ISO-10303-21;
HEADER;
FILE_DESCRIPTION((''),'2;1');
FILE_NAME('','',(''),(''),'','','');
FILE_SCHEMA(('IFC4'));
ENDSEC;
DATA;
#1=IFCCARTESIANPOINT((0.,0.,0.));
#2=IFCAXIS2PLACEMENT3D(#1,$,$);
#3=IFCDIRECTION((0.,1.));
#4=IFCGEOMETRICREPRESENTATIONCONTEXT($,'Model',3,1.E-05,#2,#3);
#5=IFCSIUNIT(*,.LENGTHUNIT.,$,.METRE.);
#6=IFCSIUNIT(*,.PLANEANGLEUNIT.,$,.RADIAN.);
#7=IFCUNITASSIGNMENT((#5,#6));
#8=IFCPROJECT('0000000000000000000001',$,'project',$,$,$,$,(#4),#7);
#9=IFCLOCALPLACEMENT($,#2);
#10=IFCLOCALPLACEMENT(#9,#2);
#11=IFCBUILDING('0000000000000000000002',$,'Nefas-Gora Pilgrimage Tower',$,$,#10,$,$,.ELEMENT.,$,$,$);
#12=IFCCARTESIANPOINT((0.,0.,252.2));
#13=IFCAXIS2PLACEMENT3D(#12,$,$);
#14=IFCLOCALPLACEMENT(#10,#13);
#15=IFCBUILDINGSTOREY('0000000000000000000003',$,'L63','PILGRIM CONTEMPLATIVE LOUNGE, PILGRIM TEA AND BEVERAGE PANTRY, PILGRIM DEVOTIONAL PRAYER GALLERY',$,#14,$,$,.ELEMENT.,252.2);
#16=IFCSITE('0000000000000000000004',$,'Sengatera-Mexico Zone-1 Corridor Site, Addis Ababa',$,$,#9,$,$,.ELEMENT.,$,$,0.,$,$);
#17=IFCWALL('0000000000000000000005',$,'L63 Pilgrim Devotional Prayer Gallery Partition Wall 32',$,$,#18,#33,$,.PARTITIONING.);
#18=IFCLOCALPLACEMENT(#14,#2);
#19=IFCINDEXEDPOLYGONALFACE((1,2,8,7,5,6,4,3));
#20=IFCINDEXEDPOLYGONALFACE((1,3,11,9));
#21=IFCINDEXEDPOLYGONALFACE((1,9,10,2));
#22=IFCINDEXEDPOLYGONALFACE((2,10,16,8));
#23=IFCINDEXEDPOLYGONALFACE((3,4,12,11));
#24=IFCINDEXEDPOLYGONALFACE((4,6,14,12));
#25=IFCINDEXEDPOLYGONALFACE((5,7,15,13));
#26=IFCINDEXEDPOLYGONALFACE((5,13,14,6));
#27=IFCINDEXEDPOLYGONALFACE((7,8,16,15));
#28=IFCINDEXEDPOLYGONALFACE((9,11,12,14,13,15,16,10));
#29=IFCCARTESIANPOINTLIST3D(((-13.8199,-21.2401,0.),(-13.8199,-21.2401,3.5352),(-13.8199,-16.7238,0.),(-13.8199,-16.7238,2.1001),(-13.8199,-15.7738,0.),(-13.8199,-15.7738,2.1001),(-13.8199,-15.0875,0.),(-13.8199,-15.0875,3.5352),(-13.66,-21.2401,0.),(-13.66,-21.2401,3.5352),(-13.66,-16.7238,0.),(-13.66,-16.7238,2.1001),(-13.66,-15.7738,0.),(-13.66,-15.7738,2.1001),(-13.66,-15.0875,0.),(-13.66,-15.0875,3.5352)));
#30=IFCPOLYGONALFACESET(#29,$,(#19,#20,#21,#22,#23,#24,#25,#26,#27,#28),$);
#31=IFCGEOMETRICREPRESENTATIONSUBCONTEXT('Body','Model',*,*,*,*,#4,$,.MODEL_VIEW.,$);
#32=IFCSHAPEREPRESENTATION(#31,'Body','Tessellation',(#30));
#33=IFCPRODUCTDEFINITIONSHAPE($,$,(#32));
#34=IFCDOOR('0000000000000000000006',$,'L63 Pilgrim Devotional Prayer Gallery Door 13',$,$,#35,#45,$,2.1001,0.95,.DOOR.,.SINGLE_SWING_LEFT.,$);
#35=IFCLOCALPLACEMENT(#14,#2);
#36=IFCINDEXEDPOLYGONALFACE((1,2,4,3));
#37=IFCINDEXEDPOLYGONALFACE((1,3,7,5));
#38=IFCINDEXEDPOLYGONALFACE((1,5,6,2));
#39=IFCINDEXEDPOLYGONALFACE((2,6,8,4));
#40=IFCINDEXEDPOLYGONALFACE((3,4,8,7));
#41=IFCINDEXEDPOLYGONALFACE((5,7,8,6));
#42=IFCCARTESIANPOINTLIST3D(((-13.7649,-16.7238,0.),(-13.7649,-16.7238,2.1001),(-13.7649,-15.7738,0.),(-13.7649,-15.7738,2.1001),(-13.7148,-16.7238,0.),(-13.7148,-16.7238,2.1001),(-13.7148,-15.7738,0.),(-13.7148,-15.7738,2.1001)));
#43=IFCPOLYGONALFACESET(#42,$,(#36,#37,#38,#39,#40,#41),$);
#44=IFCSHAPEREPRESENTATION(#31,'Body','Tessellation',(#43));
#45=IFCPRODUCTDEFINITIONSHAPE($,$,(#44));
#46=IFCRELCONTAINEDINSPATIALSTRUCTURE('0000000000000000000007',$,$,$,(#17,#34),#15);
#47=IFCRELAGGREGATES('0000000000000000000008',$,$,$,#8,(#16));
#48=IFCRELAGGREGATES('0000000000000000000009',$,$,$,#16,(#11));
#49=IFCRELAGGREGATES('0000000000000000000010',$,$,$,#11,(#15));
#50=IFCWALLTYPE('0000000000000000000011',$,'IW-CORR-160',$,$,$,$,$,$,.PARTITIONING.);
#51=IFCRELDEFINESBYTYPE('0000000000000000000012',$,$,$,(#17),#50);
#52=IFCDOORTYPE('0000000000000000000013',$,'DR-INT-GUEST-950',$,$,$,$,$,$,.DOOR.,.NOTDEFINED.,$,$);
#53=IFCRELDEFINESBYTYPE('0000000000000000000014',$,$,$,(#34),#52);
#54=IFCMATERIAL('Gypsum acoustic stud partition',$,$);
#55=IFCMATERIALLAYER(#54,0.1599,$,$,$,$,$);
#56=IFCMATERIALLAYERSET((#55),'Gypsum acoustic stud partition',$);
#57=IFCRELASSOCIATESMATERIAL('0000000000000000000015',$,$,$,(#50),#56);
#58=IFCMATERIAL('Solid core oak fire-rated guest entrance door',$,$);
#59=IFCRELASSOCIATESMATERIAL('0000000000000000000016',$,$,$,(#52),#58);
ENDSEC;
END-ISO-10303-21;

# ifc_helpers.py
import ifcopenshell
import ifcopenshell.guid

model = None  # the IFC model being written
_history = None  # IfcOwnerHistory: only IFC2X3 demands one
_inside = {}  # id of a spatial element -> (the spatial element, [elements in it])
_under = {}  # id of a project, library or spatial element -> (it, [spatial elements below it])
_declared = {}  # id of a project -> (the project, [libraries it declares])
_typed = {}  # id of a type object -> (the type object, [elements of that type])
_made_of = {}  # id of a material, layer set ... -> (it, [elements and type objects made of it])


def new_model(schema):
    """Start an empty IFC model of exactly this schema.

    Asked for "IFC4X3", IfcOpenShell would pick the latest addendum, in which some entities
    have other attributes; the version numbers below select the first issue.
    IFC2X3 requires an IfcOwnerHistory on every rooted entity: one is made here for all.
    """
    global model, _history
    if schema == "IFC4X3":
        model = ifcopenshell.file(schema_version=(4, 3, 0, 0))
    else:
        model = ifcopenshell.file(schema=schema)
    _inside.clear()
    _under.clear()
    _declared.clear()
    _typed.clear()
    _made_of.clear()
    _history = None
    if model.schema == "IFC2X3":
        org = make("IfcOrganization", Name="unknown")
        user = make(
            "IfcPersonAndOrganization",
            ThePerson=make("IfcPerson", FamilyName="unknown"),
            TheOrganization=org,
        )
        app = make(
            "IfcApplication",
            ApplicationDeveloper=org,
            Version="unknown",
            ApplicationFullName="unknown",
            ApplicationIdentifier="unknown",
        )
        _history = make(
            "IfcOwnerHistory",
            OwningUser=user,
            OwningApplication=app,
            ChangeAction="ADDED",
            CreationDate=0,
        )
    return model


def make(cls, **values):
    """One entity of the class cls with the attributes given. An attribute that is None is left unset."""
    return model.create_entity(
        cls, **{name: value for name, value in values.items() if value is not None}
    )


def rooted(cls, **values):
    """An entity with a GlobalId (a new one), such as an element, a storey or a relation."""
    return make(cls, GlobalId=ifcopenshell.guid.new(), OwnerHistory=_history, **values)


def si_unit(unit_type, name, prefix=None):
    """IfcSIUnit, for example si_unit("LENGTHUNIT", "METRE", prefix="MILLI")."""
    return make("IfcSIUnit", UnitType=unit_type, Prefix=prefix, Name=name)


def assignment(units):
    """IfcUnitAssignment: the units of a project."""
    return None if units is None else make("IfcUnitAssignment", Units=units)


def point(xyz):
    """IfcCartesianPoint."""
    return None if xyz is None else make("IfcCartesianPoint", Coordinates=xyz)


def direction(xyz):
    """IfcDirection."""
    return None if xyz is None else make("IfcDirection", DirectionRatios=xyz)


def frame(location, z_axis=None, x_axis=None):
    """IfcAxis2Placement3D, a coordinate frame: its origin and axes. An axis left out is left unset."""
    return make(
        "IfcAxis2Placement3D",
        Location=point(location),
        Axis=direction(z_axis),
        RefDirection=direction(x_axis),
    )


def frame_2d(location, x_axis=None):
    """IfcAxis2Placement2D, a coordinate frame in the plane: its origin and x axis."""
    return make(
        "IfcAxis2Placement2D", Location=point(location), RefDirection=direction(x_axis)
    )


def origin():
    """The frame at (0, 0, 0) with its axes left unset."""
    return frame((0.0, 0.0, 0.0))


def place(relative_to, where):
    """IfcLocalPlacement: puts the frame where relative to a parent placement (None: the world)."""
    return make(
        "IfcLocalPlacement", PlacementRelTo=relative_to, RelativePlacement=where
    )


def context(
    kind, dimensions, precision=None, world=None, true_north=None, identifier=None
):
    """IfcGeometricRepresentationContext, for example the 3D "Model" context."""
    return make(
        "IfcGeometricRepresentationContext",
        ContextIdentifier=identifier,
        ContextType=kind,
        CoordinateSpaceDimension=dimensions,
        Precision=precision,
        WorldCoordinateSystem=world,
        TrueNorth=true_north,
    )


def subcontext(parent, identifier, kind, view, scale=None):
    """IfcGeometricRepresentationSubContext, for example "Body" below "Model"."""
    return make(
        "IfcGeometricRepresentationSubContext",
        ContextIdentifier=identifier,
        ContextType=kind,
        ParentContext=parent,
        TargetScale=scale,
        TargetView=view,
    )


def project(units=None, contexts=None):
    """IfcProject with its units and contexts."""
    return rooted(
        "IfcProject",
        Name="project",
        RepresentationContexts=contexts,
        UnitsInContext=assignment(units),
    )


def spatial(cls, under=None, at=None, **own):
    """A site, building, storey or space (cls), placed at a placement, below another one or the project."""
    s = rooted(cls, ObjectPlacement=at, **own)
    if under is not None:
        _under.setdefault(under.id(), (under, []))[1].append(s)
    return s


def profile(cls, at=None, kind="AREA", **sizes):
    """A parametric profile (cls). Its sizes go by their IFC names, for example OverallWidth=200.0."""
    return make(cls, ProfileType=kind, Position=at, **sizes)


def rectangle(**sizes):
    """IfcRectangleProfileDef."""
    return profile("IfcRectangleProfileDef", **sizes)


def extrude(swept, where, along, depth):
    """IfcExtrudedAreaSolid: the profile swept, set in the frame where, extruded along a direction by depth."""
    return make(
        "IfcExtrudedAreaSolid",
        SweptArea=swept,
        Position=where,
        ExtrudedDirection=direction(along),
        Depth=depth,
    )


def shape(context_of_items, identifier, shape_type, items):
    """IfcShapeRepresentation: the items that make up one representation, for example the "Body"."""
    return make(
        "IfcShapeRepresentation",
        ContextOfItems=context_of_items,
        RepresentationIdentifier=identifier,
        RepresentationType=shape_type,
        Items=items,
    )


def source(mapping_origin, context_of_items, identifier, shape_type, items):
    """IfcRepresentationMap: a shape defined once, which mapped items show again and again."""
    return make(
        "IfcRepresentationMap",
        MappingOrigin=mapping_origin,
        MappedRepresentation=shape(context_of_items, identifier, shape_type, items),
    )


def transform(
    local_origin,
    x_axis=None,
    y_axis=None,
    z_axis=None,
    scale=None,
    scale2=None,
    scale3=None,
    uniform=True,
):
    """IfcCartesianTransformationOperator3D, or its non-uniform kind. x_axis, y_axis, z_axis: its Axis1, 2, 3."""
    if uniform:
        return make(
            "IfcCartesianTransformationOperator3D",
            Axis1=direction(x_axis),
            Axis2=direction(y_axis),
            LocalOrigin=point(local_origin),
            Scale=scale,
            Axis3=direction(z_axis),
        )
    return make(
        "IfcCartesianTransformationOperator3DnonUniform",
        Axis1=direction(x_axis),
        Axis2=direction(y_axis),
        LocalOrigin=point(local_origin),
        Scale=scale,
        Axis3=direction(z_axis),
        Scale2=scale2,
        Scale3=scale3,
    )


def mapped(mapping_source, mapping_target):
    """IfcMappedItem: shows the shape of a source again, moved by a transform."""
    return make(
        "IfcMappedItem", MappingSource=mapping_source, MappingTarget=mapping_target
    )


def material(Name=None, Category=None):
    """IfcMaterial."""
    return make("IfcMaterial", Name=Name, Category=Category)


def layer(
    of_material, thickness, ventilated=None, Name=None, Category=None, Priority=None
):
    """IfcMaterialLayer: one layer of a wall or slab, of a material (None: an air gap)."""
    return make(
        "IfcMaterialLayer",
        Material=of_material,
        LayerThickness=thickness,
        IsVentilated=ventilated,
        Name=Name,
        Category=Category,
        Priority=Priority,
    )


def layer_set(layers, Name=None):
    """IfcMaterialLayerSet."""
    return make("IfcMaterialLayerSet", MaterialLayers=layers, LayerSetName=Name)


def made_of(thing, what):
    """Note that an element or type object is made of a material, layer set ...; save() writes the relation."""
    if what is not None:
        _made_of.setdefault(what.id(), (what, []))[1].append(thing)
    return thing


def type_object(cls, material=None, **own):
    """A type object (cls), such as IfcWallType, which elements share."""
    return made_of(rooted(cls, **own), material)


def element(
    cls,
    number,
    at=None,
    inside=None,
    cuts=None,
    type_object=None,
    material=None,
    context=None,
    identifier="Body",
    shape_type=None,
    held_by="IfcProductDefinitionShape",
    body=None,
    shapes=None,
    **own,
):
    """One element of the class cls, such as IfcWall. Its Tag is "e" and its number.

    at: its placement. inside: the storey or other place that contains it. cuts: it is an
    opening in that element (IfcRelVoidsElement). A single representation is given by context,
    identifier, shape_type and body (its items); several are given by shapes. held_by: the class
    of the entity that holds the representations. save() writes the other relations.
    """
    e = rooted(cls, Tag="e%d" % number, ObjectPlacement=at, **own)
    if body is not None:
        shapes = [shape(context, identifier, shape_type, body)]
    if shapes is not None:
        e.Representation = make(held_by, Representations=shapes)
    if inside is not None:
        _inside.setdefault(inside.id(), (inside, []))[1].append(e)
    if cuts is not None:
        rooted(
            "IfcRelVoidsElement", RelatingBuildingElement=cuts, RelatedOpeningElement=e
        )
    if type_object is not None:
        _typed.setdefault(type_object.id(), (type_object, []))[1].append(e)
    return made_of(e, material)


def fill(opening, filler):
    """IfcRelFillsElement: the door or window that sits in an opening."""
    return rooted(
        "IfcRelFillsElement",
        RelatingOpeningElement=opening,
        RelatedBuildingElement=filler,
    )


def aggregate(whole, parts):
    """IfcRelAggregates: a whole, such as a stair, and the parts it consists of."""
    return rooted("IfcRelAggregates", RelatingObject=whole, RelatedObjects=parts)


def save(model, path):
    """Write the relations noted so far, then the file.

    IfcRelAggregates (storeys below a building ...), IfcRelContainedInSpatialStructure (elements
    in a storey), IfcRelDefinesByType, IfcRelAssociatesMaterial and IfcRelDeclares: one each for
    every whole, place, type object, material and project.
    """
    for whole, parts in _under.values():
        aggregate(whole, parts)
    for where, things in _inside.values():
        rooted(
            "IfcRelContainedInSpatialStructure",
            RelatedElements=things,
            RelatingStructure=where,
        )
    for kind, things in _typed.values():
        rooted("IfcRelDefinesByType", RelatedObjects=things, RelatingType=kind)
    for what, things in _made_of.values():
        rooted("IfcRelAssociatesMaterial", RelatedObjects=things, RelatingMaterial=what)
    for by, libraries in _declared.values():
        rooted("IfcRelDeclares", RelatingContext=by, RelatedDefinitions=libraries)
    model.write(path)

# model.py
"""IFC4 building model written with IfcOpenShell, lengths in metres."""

from ifc_helpers import new_model, si_unit, direction, frame, frame_2d, origin, place, context, subcontext, project, spatial, rectangle, extrude, source, transform, mapped, material, layer, layer_set, type_object, element, fill, save


model = new_model("IFC4")

# Units and contexts
model_context = context("Model", 3, precision=1e-05, world=origin(), true_north=direction((0.0, 1.0)))
body_context = subcontext(model_context, "Body", "Model", "MODEL_VIEW")
ifc_project = project(units=[si_unit("LENGTHUNIT", "METRE"), si_unit("PLANEANGLEUNIT", "RADIAN")], contexts=[model_context])

# Site, building, storey
site_placement = place(None, origin())
site = spatial("IfcSite", under=ifc_project, at=site_placement, Name="Sengatera-Mexico Zone-1 Corridor Site, Addis Ababa", CompositionType="ELEMENT", RefElevation=0.0)
building_placement = place(site_placement, origin())
building = spatial("IfcBuilding", under=site, at=building_placement, Name="Nefas-Gora Pilgrimage Tower", CompositionType="ELEMENT")
storey_placement = place(building_placement, frame((0.0, 0.0, 252.2)))
storey = spatial("IfcBuildingStorey", under=building, at=storey_placement, Name="L63", Description="PILGRIM CONTEMPLATIVE LOUNGE, PILGRIM TEA AND BEVERAGE PANTRY, PILGRIM DEVOTIONAL PRAYER GALLERY", CompositionType="ELEMENT", Elevation=252.2)

# Shared definitions
ifc_material_1 = material(Name="Gypsum acoustic stud partition")
ifc_layer_1 = layer(ifc_material_1, 0.1599)
ifc_layer_set_1 = layer_set([ifc_layer_1], Name="Gypsum acoustic stud partition")
wall_type_1 = type_object("IfcWallType", Name="IW-CORR-160", PredefinedType="PARTITIONING", material=ifc_layer_set_1)
ifc_material_2 = material(Name="Solid core oak fire-rated guest entrance door")
door_type = type_object("IfcDoorType", Name="DR-INT-GUEST-950", OperationType="NOTDEFINED", PredefinedType="DOOR", material=ifc_material_2)
shared_shape_1 = source(origin(), body_context, "Body", "SweptSolid", [
    extrude(rectangle(XDim=0.95, YDim=2.1001, at=frame_2d((0.4751, 1.05))), frame((0.0, 0.0249, 0.0), z_axis=(0.0, -1.0, 0.0), x_axis=(1.0, 0.0, 0.0)), (0.0, 0.0, 1.0), 0.05),
])

# Wall, opening, door
shared_shape_2 = source(origin(), body_context, "Body", "SweptSolid", [
    extrude(rectangle(XDim=6.1526, YDim=0.1599, at=frame_2d((3.0762, 0.0))), origin(), (0.0, 0.0, 1.0), 3.5352),
])
wall_1_placement = place(storey_placement, frame((-13.74, -21.24, 0.0), z_axis=(0.0, 0.0, 1.0), x_axis=(0.0, 1.0, 0.0)))
wall_1 = element("IfcWall", 1, at=wall_1_placement, inside=storey, type_object=wall_type_1, Name="L63 Pilgrim Devotional Prayer Gallery Partition Wall 32", PredefinedType="PARTITIONING", context=body_context, shape_type="MappedRepresentation", body=[
    mapped(shared_shape_2, transform((0.0, 0.0, 0.0), x_axis=(1.0, 0.0, 0.0), y_axis=(0.0, 1.0, 0.0), z_axis=(0.0, 0.0, 1.0), scale=1.0)),
])
opening_1_placement = place(wall_1_placement, frame((4.5161, 0.0, 0.0)))
opening_1 = element("IfcOpeningElement", 2, at=opening_1_placement, cuts=wall_1, PredefinedType="OPENING", context=body_context, shape_type="SweptSolid", body=[
    extrude(rectangle(XDim=0.95, YDim=2.1001, at=frame_2d((0.4751, 1.05))), frame((0.0, 0.0898, 0.0), z_axis=(0.0, -1.0, 0.0), x_axis=(1.0, 0.0, 0.0)), (0.0, 0.0, 1.0), 0.1799),
])
door_1_placement = place(opening_1_placement, origin())
door_1 = element("IfcDoor", 3, at=door_1_placement, inside=storey, type_object=door_type, Name="L63 Pilgrim Devotional Prayer Gallery Door 13", OperationType="SINGLE_SWING_LEFT", OverallHeight=2.1001, OverallWidth=0.95, PredefinedType="DOOR", context=body_context, shape_type="MappedRepresentation", body=[
    mapped(shared_shape_1, transform((0.0, 0.0, 0.0), x_axis=(1.0, 0.0, 0.0), y_axis=(0.0, 1.0, 0.0), z_axis=(0.0, 0.0, 1.0), scale=1.0)),
])
fill(opening_1, door_1)

save(model, "model.ifc")
